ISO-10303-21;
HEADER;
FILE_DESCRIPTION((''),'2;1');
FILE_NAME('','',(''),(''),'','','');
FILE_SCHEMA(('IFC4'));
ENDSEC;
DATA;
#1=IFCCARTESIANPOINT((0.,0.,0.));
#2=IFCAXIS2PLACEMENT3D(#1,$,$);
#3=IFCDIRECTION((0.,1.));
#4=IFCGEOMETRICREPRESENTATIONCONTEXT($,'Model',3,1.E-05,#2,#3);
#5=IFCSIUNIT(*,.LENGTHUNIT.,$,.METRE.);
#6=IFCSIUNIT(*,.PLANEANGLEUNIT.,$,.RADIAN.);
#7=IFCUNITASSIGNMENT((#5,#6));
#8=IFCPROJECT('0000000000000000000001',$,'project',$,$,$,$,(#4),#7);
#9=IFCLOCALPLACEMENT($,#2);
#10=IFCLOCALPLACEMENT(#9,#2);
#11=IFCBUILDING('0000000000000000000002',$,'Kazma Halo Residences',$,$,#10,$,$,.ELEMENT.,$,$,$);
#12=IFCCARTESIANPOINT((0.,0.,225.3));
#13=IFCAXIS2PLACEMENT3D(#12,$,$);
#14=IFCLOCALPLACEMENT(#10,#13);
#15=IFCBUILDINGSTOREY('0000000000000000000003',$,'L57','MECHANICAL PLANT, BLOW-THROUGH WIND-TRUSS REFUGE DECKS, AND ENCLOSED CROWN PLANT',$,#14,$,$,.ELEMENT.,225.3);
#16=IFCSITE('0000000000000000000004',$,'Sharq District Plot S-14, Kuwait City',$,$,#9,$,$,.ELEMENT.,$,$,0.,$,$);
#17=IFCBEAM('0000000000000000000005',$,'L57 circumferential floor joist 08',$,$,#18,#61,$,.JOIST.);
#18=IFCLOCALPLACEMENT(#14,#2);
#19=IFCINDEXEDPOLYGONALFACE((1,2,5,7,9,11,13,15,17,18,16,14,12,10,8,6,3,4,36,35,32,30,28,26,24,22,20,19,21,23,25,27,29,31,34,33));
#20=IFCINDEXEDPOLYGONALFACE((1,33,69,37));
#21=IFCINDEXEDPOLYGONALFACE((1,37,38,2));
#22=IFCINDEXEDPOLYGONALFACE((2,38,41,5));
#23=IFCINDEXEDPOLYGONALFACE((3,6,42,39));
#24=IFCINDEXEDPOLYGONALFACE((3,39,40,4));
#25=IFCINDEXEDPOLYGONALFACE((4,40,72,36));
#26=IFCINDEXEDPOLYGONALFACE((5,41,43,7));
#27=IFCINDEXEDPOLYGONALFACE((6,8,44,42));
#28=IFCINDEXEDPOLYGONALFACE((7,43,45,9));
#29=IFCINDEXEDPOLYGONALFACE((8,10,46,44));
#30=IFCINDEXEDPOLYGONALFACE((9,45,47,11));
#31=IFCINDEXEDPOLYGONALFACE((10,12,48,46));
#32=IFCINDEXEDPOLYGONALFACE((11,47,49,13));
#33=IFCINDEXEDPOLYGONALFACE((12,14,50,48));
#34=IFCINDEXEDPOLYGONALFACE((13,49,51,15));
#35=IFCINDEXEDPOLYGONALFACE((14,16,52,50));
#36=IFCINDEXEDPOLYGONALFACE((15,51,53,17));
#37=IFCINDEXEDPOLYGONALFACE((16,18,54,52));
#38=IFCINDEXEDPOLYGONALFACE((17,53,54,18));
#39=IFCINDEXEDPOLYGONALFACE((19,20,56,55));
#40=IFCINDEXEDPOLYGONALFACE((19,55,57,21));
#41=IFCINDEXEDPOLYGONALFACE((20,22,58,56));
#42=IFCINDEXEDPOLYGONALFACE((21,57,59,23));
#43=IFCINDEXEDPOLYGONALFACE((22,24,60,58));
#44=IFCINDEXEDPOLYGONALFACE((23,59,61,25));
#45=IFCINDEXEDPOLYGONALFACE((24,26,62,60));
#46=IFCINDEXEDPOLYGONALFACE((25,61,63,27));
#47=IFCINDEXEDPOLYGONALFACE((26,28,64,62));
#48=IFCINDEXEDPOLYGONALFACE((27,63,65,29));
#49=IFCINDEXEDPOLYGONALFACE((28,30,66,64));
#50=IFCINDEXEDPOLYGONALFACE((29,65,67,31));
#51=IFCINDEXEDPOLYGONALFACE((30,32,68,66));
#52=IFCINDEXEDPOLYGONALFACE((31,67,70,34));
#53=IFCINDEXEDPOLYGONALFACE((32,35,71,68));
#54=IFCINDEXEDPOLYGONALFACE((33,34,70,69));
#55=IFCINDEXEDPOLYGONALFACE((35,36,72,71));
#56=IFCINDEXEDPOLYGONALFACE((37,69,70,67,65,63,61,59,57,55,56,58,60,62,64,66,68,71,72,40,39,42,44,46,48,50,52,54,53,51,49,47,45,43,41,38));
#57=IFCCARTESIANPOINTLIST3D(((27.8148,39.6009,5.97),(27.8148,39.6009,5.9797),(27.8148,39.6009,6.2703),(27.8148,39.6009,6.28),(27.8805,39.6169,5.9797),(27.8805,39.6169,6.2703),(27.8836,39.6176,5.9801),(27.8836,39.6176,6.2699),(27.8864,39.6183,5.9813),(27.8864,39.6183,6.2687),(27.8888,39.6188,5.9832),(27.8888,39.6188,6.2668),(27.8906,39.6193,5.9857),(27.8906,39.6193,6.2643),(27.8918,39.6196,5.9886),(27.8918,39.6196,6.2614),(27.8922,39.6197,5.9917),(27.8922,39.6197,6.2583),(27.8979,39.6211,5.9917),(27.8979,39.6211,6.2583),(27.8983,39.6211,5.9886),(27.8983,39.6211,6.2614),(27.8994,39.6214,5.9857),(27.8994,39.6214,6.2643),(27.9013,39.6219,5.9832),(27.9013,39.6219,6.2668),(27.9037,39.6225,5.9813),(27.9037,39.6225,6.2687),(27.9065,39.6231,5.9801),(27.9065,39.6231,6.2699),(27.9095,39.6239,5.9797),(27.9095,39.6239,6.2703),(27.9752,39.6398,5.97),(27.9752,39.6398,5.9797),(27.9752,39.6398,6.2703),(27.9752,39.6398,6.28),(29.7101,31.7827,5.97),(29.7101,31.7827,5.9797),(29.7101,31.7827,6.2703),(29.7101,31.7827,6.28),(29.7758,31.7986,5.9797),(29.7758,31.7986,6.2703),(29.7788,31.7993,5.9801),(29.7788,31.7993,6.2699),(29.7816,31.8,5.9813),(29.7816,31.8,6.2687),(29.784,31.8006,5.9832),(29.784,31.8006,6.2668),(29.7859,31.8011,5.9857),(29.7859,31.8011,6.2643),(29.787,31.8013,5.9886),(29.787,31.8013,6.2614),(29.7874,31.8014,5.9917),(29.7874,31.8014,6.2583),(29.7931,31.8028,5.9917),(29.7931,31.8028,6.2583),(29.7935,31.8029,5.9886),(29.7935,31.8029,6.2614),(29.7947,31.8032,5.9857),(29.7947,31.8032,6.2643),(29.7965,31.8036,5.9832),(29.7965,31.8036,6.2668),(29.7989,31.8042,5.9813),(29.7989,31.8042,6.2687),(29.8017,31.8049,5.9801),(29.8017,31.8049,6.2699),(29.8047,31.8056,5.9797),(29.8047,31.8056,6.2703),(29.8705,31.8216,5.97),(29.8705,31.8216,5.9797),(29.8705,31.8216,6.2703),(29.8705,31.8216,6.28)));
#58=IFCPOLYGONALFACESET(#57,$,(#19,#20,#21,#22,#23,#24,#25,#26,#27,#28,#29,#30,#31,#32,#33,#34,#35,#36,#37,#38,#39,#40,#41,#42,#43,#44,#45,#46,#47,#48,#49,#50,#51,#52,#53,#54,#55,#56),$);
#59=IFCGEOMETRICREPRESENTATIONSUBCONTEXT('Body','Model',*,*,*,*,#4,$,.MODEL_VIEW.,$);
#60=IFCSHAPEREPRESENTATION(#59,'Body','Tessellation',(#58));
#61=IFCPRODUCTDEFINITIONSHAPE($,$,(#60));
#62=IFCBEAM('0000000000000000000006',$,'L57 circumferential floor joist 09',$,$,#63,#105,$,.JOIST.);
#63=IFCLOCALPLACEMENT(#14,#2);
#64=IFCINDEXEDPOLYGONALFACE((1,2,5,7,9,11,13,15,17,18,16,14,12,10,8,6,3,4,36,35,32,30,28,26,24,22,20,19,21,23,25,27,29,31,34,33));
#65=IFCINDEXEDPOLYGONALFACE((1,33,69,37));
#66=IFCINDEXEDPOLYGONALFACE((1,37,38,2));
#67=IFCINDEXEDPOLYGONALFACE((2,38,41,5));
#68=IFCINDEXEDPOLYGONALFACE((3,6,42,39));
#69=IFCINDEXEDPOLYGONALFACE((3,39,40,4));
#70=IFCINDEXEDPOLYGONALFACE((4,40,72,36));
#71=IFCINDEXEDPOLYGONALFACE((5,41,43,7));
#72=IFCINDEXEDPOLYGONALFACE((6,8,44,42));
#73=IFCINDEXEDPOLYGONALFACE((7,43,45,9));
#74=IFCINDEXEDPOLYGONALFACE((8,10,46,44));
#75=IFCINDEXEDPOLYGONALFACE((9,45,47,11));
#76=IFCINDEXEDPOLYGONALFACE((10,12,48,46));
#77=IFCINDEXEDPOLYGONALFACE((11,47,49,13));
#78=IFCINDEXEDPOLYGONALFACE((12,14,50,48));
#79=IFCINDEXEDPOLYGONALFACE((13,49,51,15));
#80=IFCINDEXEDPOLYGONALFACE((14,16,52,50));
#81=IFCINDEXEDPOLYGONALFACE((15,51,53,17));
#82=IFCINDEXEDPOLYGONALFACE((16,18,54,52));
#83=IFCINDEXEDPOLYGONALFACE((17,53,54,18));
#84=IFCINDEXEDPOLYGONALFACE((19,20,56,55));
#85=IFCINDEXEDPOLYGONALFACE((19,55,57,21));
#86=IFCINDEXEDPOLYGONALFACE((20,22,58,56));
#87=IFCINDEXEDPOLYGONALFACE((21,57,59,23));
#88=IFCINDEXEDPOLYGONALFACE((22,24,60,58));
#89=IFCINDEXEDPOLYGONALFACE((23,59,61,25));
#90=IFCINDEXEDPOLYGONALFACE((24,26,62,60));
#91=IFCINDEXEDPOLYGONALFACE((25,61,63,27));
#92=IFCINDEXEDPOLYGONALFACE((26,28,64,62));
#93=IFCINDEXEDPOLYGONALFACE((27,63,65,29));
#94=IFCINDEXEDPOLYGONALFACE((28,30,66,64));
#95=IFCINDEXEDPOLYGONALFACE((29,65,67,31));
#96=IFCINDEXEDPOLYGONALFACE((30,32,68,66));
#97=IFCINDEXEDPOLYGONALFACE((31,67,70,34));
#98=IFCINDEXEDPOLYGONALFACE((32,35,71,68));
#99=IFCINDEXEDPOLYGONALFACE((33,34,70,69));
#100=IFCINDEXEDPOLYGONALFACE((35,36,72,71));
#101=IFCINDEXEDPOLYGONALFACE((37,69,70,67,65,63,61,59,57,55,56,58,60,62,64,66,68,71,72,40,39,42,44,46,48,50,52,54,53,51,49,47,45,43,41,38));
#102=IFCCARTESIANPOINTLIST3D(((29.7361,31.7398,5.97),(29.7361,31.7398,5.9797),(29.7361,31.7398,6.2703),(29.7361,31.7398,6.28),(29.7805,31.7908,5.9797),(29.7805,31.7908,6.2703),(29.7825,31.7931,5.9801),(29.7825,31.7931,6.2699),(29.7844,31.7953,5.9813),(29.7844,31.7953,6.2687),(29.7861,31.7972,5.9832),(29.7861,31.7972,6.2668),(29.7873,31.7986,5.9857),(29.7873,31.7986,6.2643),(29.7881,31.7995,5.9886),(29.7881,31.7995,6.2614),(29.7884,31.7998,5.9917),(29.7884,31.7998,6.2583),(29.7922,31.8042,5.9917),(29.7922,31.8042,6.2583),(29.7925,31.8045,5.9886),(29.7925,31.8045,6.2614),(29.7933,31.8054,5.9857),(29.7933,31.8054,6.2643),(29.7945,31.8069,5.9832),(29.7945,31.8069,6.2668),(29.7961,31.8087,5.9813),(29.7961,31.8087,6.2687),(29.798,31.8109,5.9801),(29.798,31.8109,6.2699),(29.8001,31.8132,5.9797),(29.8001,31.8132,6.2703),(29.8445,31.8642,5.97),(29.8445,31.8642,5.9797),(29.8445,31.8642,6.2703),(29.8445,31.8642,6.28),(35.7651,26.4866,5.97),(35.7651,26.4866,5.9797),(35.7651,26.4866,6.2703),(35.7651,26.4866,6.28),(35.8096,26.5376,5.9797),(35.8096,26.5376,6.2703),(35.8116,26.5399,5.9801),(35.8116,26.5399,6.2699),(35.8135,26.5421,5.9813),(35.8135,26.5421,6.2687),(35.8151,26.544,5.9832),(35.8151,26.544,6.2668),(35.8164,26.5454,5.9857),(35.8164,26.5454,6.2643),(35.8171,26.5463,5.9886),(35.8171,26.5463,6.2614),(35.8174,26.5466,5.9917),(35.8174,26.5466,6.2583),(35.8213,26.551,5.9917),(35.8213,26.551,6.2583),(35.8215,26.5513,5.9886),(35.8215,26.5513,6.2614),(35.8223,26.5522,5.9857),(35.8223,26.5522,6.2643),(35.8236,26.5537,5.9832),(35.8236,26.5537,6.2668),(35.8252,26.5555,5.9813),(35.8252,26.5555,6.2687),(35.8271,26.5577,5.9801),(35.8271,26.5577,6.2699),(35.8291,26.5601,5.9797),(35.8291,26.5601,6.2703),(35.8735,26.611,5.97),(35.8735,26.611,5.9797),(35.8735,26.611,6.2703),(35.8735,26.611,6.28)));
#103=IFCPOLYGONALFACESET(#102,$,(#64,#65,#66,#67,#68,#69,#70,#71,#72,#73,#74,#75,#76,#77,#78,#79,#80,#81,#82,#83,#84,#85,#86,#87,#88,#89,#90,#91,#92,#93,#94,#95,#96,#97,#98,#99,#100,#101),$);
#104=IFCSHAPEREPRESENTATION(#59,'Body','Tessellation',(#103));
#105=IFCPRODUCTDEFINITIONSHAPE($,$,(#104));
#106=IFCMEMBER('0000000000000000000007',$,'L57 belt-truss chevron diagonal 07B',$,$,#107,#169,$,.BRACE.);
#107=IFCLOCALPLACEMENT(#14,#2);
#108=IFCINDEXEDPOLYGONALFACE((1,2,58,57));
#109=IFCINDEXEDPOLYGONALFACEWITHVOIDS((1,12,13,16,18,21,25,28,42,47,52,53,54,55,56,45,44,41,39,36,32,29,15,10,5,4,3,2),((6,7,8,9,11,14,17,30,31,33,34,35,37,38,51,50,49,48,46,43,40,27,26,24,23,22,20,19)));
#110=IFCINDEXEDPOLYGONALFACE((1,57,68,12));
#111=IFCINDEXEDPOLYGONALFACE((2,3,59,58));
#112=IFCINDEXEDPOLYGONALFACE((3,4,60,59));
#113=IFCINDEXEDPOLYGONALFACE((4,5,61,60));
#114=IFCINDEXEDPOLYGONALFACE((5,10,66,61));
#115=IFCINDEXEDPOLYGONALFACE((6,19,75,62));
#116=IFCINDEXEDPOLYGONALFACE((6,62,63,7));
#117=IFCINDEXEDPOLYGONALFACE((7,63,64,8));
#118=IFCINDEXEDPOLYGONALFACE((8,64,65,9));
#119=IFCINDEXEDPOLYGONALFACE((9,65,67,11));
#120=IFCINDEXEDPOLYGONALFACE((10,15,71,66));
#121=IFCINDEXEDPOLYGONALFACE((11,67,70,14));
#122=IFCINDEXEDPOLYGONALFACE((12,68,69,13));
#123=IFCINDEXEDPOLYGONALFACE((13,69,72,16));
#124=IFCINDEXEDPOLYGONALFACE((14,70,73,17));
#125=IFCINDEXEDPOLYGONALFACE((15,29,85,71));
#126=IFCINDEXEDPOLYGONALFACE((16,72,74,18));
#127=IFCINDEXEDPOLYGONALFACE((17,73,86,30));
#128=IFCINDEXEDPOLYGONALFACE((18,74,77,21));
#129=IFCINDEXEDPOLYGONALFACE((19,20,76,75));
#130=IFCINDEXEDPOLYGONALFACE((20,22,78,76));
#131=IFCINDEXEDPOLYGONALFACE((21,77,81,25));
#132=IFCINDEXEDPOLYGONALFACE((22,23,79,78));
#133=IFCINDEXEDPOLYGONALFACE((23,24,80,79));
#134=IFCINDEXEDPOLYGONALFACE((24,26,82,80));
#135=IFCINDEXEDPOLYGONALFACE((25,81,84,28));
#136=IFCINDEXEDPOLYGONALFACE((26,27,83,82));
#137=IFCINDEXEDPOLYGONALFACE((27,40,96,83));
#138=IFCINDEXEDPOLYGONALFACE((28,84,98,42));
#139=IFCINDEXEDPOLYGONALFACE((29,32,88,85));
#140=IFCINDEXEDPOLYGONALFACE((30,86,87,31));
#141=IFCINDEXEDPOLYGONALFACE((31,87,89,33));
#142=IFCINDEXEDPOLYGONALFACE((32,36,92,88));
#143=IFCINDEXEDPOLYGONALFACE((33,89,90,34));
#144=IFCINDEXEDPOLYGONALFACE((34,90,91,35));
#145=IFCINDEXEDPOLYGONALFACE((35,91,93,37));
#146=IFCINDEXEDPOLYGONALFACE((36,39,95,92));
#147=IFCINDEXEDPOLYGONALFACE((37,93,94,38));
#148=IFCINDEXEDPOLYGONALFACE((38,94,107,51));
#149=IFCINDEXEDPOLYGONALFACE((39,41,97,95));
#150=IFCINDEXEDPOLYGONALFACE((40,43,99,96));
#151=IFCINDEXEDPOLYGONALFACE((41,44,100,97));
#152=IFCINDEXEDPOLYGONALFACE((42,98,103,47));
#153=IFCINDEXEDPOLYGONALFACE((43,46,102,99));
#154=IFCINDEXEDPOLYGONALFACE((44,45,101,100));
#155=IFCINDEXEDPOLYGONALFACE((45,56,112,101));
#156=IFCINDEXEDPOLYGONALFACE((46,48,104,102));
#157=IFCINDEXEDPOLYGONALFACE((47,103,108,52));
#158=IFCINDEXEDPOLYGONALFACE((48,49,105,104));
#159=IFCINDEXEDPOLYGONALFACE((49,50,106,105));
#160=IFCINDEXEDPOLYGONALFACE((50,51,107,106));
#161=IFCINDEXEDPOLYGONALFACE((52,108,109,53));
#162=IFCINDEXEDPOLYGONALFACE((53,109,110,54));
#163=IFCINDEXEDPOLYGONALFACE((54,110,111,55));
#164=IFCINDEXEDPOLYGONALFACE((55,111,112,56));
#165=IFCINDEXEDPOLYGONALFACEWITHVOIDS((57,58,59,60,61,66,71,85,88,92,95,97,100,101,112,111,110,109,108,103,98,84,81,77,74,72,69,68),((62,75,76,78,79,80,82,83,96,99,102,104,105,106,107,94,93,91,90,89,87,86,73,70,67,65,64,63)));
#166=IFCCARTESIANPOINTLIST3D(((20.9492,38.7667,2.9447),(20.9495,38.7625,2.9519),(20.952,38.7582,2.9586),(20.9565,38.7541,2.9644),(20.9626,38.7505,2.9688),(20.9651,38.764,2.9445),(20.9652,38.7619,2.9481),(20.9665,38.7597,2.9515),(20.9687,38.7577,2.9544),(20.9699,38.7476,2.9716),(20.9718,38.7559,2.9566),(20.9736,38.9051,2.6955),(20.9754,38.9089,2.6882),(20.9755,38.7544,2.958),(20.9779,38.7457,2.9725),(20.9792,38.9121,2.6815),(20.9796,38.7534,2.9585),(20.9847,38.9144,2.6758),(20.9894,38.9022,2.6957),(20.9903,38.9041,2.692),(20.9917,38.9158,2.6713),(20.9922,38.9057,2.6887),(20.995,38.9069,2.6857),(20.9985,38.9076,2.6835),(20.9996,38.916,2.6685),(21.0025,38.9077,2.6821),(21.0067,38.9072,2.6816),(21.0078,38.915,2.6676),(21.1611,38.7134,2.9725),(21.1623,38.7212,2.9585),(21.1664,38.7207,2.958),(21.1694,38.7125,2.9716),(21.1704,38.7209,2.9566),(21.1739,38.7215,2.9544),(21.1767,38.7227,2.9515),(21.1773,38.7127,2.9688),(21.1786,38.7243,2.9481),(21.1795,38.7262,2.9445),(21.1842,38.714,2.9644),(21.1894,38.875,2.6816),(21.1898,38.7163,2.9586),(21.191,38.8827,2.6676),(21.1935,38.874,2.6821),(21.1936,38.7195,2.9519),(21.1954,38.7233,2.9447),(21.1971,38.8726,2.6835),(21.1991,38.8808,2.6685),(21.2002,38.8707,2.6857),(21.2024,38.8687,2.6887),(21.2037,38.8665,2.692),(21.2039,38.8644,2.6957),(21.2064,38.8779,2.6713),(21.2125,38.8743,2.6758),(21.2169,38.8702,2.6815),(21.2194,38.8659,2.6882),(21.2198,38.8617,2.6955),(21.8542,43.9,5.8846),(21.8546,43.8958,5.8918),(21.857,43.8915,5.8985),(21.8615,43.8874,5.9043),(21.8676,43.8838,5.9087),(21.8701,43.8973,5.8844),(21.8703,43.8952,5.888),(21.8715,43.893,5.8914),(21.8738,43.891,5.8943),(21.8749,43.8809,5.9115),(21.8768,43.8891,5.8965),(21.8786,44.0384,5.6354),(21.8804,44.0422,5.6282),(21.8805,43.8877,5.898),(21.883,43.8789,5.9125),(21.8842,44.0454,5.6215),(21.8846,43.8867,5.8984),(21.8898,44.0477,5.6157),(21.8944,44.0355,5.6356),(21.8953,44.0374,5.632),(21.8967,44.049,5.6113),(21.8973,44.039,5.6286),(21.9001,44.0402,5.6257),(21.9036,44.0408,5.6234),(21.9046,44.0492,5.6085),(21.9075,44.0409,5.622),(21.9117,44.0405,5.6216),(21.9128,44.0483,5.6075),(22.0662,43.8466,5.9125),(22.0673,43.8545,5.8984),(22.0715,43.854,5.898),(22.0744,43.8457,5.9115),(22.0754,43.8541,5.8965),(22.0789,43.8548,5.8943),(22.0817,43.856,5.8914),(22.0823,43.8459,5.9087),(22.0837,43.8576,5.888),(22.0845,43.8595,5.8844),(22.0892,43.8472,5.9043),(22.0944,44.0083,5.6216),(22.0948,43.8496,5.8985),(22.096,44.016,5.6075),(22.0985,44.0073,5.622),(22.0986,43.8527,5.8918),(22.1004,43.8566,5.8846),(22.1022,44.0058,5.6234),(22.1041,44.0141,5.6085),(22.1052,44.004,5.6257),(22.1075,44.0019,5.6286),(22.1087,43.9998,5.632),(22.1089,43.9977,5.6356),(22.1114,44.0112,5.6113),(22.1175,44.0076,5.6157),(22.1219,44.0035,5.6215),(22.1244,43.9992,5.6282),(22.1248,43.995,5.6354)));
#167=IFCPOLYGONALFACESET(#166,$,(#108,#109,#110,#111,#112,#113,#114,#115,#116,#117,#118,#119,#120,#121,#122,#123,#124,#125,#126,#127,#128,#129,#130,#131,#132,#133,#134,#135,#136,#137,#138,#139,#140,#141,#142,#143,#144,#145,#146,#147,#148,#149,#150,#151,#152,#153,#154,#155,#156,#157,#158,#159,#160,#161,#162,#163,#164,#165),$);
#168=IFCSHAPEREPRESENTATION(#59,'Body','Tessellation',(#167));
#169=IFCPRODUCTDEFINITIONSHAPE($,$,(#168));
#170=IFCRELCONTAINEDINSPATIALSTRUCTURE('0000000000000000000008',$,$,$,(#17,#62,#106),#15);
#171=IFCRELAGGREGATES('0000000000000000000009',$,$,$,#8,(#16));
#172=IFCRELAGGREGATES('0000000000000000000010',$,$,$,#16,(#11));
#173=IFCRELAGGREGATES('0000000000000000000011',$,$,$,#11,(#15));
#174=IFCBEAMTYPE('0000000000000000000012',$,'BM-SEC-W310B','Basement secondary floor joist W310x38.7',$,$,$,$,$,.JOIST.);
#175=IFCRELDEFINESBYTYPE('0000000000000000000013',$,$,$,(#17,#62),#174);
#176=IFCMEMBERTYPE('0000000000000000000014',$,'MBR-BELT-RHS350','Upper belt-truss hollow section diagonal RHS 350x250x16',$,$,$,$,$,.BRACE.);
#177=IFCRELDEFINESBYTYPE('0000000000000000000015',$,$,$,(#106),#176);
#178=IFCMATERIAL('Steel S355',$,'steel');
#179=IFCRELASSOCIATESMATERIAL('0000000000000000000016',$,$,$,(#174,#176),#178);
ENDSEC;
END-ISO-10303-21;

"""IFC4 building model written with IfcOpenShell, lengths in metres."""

from ifc_helpers import new_model, si_unit, direction, frame, origin, origin_2d, place, context, subcontext, project, spatial, hollow_rectangle, i_section, extrude, material, material_profile, profile_set, type_object, element, save


model = new_model("IFC4")

# Units and contexts
model_context = context("Model", 3, precision=1e-05, world=origin(), true_north=direction((0.0, 1.0)))
body_context = subcontext(model_context, "Body", "Model", "MODEL_VIEW")
ifc_project = project(units=[si_unit("LENGTHUNIT", "METRE"), si_unit("PLANEANGLEUNIT", "RADIAN")], contexts=[model_context])

# Site, building, storey
site_placement = place(None, origin())
site = spatial("IfcSite", under=ifc_project, at=site_placement, Name="Sharq District Plot S-14, Kuwait City", CompositionType="ELEMENT", RefElevation=0.0)
building_placement = place(site_placement, origin())
building = spatial("IfcBuilding", under=site, at=building_placement, Name="Kazma Halo Residences", CompositionType="ELEMENT")
storey_placement = place(building_placement, frame((0.0, 0.0, 225.3)))
storey = spatial("IfcBuildingStorey", under=building, at=storey_placement, Name="L57", Description="MECHANICAL PLANT, BLOW-THROUGH WIND-TRUSS REFUGE DECKS, AND ENCLOSED CROWN PLANT", CompositionType="ELEMENT", Elevation=225.3)

# Beams
ifc_material_1 = material(Name="Steel S355", Category="steel")
ifc_material_profile_1 = material_profile(ifc_material_1, i_section(OverallWidth=0.165, OverallDepth=0.3101, WebThickness=0.0059, FlangeThickness=0.0098, FilletRadius=0.012, at=origin_2d()), Name="W310x38.7")
ifc_profile_set_1 = profile_set([ifc_material_profile_1], Name="Steel S355")
beam_type_1 = type_object("IfcBeamType", Name="BM-SEC-W310B", Description="Basement secondary floor joist W310x38.7", PredefinedType="JOIST", material=ifc_profile_set_1)
beam_1_placement = place(storey_placement, frame((27.895, 39.6204, 6.125), z_axis=(0.235589, -0.971853, 0.0), x_axis=(0.971853, 0.235589, 0.0)))
element("IfcBeam", 1, at=beam_1_placement, inside=storey, type_object=beam_type_1, Name="L57 circumferential floor joist 08", PredefinedType="JOIST", context=body_context, shape_type="SweptSolid", body=[
    extrude(i_section(OverallWidth=0.165, OverallDepth=0.3101, WebThickness=0.0059, FlangeThickness=0.0098, FilletRadius=0.012, at=origin_2d()), origin(), (0.0, 0.0, 1.0), 8.0447),
])
beam_2_placement = place(storey_placement, frame((29.7903, 31.802, 6.125), z_axis=(0.753954, -0.656927, 0.0), x_axis=(0.656927, 0.753954, 0.0)))
element("IfcBeam", 2, at=beam_2_placement, inside=storey, type_object=beam_type_1, Name="L57 circumferential floor joist 09", PredefinedType="JOIST", context=body_context, shape_type="SweptSolid", body=[
    extrude(i_section(OverallWidth=0.165, OverallDepth=0.3101, WebThickness=0.0059, FlangeThickness=0.0098, FilletRadius=0.012, at=origin_2d()), origin(), (0.0, 0.0, 1.0), 7.9966),
])

# Member
ifc_material_profile_2 = material_profile(ifc_material_1, hollow_rectangle(XDim=0.25, YDim=0.3501, WallThickness=0.0161, InnerFilletRadius=0.0161, OuterFilletRadius=0.032, at=origin_2d()), Name="RHS350x250x16")
ifc_profile_set_2 = profile_set([ifc_material_profile_2], Name="Steel S355")
member_type_1 = type_object("IfcMemberType", Name="MBR-BELT-RHS350", Description="Upper belt-truss hollow section diagonal RHS 350x250x16", PredefinedType="BRACE", material=ifc_profile_set_2)
member_1_placement = place(storey_placement, frame((21.0845, 38.8142, 2.8201), z_axis=(0.151231, 0.85778, 0.491267), x_axis=(-0.984811, 0.173628, 0.0)))
element("IfcMember", 3, at=member_1_placement, inside=storey, type_object=member_type_1, Name="L57 belt-truss chevron diagonal 07B", PredefinedType="BRACE", context=body_context, shape_type="SweptSolid", body=[
    extrude(hollow_rectangle(XDim=0.25, YDim=0.3501, WallThickness=0.0161, InnerFilletRadius=0.0161, OuterFilletRadius=0.032, at=origin_2d()), origin(), (0.0, 0.0, 1.0), 5.9844),
])

save(model, "model.ifc")
